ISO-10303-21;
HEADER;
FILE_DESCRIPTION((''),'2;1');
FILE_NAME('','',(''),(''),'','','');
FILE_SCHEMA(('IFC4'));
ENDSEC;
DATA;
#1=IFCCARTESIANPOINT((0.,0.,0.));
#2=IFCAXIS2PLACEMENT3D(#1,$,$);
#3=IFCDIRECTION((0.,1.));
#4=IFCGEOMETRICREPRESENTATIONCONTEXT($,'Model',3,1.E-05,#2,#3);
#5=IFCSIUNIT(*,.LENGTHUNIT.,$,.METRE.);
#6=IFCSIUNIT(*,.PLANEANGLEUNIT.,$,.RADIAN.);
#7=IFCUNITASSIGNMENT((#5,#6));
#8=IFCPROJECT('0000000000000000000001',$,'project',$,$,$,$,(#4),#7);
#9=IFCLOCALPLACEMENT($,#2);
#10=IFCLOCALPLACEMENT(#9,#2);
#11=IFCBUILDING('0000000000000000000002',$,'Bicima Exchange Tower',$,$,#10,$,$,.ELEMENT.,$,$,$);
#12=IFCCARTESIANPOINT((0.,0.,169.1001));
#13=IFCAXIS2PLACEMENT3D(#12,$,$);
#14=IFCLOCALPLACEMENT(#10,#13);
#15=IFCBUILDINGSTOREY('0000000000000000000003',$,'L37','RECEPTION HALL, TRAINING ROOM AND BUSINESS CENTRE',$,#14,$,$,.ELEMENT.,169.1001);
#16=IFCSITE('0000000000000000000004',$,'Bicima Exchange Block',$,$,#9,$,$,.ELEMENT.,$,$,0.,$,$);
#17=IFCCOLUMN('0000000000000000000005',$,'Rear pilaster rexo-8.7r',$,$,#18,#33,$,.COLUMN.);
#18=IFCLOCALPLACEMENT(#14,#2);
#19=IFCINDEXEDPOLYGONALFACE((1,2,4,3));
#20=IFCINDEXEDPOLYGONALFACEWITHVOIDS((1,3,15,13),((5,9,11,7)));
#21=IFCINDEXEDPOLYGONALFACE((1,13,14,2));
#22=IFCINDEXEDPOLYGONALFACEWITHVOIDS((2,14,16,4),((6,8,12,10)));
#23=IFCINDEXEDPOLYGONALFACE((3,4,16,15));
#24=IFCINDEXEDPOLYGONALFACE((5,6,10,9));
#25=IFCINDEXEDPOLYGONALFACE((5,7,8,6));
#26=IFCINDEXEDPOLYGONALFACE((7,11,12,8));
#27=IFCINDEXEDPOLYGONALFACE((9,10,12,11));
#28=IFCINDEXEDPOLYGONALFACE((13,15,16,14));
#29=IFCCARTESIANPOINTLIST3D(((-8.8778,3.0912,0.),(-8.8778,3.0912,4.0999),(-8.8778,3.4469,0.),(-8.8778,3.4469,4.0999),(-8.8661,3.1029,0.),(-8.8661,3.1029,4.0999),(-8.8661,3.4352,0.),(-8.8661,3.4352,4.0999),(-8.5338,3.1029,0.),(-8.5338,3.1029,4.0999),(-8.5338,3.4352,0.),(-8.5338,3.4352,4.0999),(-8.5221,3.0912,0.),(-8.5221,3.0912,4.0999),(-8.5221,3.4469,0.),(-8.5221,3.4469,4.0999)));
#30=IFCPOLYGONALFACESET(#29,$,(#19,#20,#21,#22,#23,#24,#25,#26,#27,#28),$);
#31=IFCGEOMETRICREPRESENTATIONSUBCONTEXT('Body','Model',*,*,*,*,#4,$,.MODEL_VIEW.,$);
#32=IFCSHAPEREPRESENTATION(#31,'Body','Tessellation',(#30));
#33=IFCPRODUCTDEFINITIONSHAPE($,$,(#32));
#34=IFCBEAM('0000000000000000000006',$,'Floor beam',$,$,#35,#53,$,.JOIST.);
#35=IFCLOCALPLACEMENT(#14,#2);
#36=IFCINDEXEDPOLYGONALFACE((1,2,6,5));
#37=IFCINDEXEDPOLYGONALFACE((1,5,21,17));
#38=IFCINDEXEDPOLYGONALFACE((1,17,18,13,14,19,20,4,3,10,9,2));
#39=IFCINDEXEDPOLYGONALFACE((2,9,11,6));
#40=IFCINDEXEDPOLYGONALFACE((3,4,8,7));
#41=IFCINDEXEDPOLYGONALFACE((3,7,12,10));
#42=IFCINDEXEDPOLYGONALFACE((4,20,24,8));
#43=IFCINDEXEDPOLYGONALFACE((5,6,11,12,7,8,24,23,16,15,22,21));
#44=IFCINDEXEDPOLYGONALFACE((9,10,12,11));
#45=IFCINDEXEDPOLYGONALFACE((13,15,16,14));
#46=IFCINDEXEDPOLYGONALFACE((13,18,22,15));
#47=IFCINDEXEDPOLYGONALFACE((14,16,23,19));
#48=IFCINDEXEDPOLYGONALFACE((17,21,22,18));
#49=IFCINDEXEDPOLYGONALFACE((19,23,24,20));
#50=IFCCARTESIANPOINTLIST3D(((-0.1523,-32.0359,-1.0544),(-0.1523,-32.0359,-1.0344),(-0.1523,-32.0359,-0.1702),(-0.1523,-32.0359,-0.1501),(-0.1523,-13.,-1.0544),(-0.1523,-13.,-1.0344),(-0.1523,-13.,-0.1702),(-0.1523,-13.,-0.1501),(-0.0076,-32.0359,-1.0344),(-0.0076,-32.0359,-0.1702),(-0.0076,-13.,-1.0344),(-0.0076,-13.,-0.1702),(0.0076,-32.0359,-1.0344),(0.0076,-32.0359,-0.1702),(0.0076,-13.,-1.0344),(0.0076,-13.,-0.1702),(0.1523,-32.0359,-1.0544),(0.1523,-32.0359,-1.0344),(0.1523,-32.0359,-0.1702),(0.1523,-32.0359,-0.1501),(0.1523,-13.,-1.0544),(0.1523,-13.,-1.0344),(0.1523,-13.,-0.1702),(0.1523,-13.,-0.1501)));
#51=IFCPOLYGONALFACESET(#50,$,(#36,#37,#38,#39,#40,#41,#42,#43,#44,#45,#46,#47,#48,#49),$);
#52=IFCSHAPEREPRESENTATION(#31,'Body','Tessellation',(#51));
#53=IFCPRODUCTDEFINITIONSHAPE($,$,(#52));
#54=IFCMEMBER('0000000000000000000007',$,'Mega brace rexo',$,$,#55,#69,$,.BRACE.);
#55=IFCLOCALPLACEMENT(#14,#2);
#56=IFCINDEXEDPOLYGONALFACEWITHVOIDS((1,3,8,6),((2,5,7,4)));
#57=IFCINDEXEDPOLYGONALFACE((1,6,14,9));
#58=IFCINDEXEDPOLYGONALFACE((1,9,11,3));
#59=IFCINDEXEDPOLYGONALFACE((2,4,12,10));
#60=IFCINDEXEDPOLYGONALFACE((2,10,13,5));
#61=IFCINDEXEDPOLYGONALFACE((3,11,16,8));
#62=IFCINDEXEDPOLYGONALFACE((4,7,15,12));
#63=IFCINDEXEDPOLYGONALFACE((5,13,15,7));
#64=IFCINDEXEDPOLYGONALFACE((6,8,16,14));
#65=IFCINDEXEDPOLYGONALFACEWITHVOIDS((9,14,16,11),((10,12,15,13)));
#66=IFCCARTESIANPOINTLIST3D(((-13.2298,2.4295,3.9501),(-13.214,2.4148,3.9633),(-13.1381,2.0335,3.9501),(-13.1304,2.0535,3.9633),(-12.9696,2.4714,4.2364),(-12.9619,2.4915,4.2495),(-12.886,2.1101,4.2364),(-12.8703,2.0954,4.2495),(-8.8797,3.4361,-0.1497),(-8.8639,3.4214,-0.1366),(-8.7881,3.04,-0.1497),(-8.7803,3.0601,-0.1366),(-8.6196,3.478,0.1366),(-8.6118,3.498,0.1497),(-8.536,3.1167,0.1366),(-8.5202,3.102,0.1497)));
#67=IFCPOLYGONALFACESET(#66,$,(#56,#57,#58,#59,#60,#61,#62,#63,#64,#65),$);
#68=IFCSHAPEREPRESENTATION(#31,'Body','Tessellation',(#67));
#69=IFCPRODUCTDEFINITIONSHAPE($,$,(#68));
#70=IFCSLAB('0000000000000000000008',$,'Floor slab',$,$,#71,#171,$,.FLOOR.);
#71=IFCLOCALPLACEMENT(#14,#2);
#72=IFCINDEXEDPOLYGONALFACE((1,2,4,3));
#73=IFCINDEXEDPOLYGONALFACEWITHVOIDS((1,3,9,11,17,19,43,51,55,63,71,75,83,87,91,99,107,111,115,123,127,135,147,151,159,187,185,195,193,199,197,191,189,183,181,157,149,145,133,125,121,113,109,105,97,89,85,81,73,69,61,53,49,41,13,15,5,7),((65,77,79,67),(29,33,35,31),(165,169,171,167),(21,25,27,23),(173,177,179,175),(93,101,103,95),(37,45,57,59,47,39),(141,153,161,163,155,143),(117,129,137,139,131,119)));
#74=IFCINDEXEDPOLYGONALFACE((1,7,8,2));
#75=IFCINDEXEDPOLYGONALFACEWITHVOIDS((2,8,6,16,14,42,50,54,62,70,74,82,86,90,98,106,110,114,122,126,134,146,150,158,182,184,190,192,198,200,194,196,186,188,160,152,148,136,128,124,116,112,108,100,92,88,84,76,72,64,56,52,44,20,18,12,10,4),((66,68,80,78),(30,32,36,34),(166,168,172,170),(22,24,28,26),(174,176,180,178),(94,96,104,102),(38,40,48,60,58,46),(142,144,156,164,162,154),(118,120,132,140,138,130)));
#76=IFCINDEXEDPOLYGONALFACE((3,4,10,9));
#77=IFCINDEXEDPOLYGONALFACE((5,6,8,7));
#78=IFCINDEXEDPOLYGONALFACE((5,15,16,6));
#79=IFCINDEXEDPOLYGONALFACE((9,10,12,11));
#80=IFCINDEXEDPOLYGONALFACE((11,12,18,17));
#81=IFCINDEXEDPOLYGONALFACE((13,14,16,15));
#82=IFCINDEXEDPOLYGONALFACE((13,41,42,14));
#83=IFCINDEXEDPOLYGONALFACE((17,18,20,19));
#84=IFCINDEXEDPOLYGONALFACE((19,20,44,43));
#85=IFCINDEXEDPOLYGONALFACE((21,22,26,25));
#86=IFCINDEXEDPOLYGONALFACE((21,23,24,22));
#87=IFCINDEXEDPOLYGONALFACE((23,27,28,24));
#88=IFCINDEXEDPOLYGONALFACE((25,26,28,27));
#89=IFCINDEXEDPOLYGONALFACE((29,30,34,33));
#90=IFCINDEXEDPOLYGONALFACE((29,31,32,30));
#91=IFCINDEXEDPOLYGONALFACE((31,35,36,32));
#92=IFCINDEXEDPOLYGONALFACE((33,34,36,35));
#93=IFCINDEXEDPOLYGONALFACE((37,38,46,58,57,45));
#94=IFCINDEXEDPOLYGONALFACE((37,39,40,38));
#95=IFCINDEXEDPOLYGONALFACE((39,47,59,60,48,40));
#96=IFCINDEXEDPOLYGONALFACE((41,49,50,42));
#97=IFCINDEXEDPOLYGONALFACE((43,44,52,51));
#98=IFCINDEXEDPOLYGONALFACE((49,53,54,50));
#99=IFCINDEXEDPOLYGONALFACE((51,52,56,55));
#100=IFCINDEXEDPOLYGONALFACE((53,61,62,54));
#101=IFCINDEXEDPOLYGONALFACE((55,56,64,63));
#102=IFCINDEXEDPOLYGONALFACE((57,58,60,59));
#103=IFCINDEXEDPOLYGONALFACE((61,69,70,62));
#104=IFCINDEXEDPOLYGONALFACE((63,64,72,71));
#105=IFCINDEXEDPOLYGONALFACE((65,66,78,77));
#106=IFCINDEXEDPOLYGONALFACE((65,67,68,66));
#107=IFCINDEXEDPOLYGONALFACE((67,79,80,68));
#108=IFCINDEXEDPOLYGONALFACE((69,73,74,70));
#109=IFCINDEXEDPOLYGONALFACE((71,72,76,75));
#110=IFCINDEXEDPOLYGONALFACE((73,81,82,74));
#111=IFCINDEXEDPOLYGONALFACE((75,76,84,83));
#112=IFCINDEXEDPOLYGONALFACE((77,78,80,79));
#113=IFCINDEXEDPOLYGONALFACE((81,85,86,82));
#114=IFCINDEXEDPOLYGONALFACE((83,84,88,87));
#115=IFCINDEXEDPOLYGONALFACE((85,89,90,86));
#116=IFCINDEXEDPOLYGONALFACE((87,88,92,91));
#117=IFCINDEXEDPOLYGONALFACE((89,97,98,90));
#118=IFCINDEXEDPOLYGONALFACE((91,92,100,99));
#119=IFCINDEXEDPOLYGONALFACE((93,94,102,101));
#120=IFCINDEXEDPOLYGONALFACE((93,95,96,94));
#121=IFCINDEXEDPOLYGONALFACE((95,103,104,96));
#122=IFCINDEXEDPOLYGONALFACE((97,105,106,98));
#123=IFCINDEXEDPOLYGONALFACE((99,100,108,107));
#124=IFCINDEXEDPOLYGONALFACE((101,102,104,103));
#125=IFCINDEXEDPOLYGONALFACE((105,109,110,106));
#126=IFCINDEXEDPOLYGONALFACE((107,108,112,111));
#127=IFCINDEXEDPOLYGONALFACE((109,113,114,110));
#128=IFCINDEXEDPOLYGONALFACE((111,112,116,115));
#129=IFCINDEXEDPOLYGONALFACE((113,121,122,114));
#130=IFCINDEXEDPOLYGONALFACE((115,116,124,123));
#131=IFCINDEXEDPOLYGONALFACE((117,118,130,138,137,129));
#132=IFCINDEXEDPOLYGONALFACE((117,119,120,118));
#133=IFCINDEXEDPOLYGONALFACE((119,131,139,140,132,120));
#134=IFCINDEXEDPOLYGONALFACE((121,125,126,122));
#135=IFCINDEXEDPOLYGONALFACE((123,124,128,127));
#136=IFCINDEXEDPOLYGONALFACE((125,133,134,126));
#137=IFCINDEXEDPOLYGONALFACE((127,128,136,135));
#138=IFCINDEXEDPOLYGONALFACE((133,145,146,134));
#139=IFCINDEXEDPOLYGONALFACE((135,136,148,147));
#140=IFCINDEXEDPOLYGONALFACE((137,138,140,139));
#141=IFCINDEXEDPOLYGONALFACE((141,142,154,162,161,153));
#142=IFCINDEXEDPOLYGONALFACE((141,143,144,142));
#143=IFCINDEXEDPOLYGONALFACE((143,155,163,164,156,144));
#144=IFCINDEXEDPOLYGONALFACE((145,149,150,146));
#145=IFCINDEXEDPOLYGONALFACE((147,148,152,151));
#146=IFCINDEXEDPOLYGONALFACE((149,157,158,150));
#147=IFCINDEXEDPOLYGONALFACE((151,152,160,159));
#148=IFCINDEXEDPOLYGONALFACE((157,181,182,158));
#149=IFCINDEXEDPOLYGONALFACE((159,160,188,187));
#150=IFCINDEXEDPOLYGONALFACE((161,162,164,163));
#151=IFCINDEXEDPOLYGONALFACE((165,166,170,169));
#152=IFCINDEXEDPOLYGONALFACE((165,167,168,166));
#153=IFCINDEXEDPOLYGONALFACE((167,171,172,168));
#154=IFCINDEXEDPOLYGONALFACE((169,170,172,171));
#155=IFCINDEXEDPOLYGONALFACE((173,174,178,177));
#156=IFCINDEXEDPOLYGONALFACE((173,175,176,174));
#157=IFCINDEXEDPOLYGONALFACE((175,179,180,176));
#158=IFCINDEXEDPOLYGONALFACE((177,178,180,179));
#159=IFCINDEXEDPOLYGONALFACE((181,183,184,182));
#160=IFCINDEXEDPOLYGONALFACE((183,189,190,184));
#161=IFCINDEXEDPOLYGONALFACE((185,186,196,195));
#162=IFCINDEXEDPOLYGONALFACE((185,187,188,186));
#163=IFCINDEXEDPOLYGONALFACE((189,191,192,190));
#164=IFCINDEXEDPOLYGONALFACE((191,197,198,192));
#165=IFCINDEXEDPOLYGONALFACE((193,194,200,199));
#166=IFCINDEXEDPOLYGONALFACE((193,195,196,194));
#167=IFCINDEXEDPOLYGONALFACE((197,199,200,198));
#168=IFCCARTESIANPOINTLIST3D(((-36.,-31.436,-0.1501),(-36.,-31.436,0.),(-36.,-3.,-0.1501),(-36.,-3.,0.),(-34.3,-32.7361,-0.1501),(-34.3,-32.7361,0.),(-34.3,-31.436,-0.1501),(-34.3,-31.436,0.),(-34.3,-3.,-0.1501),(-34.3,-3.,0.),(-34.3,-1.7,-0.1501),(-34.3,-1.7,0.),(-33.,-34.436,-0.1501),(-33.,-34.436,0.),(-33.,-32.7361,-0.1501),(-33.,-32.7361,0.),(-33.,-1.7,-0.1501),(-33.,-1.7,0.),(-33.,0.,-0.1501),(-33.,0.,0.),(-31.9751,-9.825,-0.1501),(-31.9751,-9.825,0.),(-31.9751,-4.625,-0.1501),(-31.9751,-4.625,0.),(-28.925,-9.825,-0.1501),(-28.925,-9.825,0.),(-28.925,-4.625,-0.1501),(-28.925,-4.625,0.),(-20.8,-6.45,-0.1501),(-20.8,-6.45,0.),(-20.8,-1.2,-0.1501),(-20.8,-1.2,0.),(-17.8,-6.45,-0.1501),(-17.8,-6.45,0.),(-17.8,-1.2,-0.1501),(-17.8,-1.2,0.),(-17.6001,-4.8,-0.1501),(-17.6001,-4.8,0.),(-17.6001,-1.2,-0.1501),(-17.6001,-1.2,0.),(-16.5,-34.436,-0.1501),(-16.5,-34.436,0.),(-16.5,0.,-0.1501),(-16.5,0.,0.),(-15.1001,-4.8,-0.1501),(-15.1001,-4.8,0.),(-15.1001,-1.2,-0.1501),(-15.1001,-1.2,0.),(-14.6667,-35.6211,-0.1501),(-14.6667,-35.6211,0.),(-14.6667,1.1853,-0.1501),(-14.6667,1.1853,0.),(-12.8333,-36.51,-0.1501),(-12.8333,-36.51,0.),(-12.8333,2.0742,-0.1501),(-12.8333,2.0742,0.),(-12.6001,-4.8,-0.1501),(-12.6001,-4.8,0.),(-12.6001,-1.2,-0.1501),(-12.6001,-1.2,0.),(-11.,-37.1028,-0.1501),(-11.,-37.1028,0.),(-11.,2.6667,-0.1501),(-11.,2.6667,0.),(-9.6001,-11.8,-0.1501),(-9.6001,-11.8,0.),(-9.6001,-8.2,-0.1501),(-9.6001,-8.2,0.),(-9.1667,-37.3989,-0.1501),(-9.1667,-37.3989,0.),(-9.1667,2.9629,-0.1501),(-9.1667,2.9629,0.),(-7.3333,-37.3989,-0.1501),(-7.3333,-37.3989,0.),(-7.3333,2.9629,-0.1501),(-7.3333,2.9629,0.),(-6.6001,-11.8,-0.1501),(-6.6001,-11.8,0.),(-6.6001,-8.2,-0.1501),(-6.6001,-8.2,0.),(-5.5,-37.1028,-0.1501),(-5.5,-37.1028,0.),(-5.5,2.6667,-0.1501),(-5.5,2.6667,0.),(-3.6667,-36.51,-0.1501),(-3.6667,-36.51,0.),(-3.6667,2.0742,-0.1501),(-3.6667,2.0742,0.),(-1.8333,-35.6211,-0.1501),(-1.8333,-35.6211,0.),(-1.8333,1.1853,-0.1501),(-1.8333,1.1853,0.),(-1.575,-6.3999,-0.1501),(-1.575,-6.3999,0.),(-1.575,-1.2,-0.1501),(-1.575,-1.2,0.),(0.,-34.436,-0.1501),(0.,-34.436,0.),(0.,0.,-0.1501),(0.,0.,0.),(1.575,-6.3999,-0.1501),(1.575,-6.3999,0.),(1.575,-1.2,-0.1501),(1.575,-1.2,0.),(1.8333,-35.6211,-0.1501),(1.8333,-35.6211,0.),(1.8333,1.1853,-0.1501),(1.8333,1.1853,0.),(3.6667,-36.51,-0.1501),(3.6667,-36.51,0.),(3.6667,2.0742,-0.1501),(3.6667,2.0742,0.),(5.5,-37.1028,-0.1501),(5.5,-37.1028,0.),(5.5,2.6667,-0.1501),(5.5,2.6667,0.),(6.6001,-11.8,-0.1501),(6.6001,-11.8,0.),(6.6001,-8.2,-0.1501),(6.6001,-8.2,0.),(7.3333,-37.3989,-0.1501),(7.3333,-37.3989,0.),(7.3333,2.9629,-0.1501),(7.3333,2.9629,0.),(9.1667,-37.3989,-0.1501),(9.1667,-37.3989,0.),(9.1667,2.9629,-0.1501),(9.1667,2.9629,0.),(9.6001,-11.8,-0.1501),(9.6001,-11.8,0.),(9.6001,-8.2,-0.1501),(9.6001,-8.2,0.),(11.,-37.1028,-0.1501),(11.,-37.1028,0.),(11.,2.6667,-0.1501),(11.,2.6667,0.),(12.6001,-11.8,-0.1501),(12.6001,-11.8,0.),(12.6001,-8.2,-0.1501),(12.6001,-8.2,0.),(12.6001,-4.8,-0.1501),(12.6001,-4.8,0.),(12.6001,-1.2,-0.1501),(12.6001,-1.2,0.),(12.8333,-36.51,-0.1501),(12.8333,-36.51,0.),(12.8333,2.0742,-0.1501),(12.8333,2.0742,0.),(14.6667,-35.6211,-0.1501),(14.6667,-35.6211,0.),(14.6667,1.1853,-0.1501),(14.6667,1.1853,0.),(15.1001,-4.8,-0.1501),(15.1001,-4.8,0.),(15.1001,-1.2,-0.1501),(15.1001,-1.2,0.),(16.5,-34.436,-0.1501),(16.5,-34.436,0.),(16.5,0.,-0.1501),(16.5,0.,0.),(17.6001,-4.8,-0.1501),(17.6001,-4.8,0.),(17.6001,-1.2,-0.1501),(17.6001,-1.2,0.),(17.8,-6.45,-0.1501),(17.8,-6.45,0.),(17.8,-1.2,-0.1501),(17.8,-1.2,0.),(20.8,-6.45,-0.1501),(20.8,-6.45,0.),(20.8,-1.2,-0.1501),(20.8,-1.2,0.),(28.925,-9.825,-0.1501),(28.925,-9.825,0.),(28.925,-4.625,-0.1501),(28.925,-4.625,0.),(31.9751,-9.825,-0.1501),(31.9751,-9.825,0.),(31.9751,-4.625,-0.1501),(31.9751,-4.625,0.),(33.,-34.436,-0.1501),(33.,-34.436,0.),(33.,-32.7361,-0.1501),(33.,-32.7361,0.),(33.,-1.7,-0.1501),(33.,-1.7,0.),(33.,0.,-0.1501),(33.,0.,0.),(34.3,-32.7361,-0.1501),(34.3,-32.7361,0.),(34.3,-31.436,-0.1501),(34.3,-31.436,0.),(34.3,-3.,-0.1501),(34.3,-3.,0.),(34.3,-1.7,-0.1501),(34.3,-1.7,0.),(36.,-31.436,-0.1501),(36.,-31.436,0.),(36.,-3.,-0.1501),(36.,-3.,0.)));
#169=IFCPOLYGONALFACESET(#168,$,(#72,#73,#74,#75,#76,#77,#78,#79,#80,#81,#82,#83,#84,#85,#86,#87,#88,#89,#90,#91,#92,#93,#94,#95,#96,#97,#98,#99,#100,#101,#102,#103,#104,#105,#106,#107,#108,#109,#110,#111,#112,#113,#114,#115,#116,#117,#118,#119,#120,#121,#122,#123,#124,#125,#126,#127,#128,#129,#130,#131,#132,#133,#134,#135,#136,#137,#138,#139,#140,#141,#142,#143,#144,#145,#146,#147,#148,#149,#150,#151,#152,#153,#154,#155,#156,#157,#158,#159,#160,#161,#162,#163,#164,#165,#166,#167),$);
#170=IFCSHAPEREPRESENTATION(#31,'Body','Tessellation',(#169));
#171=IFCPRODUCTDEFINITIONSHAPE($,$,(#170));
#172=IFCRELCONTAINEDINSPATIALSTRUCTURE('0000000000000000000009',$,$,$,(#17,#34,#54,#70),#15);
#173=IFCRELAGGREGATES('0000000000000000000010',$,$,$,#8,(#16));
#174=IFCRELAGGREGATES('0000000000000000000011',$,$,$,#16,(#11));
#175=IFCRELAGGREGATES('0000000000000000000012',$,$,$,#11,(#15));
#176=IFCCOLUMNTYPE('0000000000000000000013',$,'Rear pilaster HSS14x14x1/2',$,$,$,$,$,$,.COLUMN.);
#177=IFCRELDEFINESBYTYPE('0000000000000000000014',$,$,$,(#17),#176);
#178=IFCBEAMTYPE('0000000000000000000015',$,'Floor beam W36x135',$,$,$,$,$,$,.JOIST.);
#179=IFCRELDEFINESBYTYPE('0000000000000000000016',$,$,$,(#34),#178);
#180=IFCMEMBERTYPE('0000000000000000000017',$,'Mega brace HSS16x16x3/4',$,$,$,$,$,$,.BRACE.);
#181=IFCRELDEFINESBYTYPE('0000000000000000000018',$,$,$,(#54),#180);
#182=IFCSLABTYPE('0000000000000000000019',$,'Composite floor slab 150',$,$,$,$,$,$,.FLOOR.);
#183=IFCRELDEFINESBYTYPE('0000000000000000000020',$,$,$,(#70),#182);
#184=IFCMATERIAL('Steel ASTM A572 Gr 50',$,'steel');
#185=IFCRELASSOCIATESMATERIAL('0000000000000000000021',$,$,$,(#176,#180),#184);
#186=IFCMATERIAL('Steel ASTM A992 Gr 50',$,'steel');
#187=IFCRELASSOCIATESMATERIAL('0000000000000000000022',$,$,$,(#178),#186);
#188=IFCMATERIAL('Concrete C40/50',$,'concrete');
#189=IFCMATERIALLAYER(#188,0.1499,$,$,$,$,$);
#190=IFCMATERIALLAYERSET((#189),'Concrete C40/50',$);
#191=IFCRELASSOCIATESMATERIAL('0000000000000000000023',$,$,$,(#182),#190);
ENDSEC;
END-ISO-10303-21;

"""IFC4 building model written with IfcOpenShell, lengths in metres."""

from ifc_helpers import new_model, si_unit, direction, frame, origin, origin_2d, place, context, subcontext, project, spatial, polyline, hollow_rectangle, i_section, outline, extrude, material, layer, layer_set, material_profile, profile_set, type_object, element, save


model = new_model("IFC4")

# Units and contexts
model_context = context("Model", 3, precision=1e-05, world=origin(), true_north=direction((0.0, 1.0)))
body_context = subcontext(model_context, "Body", "Model", "MODEL_VIEW")
ifc_project = project(units=[si_unit("LENGTHUNIT", "METRE"), si_unit("PLANEANGLEUNIT", "RADIAN")], contexts=[model_context])

# Site, building, storey
site_placement = place(None, origin())
site = spatial("IfcSite", under=ifc_project, at=site_placement, Name="Bicima Exchange Block", CompositionType="ELEMENT", RefElevation=0.0)
building_placement = place(site_placement, origin())
building = spatial("IfcBuilding", under=site, at=building_placement, Name="Bicima Exchange Tower", CompositionType="ELEMENT")
storey_placement = place(building_placement, frame((0.0, 0.0, 169.1001)))
storey = spatial("IfcBuildingStorey", under=building, at=storey_placement, Name="L37", Description="RECEPTION HALL, TRAINING ROOM AND BUSINESS CENTRE", CompositionType="ELEMENT", Elevation=169.1001)

# Column
ifc_material_1 = material(Name="Steel ASTM A572 Gr 50", Category="steel")
ifc_material_profile_1 = material_profile(ifc_material_1, hollow_rectangle(XDim=0.3557, YDim=0.3557, WallThickness=0.0117, at=origin_2d()))
ifc_profile_set_1 = profile_set([ifc_material_profile_1], Name="Steel ASTM A572 Gr 50")
column_type = type_object("IfcColumnType", Name="Rear pilaster HSS14x14x1/2", PredefinedType="COLUMN", material=ifc_profile_set_1)
column_placement = place(storey_placement, frame((-8.7, 3.269, 0.0), z_axis=(0.0, 0.0, 1.0), x_axis=(1.0, 0.0, 0.0)))
element("IfcColumn", 1, at=column_placement, inside=storey, type_object=column_type, Name="Rear pilaster rexo-8.7r", PredefinedType="COLUMN", context=body_context, shape_type="SweptSolid", body=[
    extrude(hollow_rectangle(XDim=0.3557, YDim=0.3557, WallThickness=0.0117, at=origin_2d()), origin(), (0.0, 0.0, 1.0), 4.0999),
])

# Beam
ifc_material_2 = material(Name="Steel ASTM A992 Gr 50", Category="steel")
ifc_material_profile_2 = material_profile(ifc_material_2, i_section(OverallWidth=0.3047, OverallDepth=0.9043, WebThickness=0.0151, FlangeThickness=0.02, at=origin_2d()))
ifc_profile_set_2 = profile_set([ifc_material_profile_2], Name="Steel ASTM A992 Gr 50")
beam_type = type_object("IfcBeamType", Name="Floor beam W36x135", PredefinedType="JOIST", material=ifc_profile_set_2)
beam_placement = place(storey_placement, frame((0.0, -13.0, -0.6023), z_axis=(0.0, -1.0, 0.0), x_axis=(1.0, 0.0, 0.0)))
element("IfcBeam", 2, at=beam_placement, inside=storey, type_object=beam_type, Name="Floor beam", PredefinedType="JOIST", context=body_context, shape_type="SweptSolid", body=[
    extrude(i_section(OverallWidth=0.3047, OverallDepth=0.9043, WebThickness=0.0151, FlangeThickness=0.02, at=origin_2d()), origin(), (0.0, 0.0, 1.0), 19.0359),
])

# Member
ifc_material_profile_3 = material_profile(ifc_material_1, hollow_rectangle(XDim=0.4065, YDim=0.4065, WallThickness=0.0178, at=origin_2d()))
ifc_profile_set_3 = profile_set([ifc_material_profile_3], Name="Steel ASTM A572 Gr 50")
member_type = type_object("IfcMemberType", Name="Mega brace HSS16x16x3/4", PredefinedType="BRACE", material=ifc_profile_set_3)
member_placement = place(storey_placement, frame((-8.7, 3.269, 0.0), z_axis=(-0.717625, -0.166055, 0.676343), x_axis=(0.225439, -0.974257, 0.0)))
element("IfcMember", 3, at=member_placement, inside=storey, type_object=member_type, Name="Mega brace rexo", PredefinedType="BRACE", context=body_context, shape_type="SweptSolid", body=[
    extrude(hollow_rectangle(XDim=0.4065, YDim=0.4065, WallThickness=0.0178, at=origin_2d()), origin(), (0.0, 0.0, 1.0), 6.0618),
])

# Slab
ifc_material_3 = material(Name="Concrete C40/50", Category="concrete")
ifc_layer_1 = layer(ifc_material_3, 0.1499)
ifc_layer_set_1 = layer_set([ifc_layer_1], Name="Concrete C40/50")
slab_type_1 = type_object("IfcSlabType", Name="Composite floor slab 150", PredefinedType="FLOOR", material=ifc_layer_set_1)
slab_1_placement = place(storey_placement, frame((0.0, 0.0, -0.1501)))
element("IfcSlab", 4, at=slab_1_placement, inside=storey, type_object=slab_type_1, Name="Floor slab", PredefinedType="FLOOR", context=body_context, shape_type="SweptSolid", body=[
    extrude(outline(polyline([(-36.0, -31.436), (-36.0, -3.0), (-34.3, -3.0), (-34.3, -1.7), (-33.0, -1.7), (-33.0, 0.0), (-16.5, 0.0), (-14.6667, 1.1853), (-12.8333, 2.0742), (-11.0, 2.6667), (-9.1667, 2.9629), (-7.3333, 2.9629), (-5.5, 2.6667), (-3.6667, 2.0742), (-1.8333, 1.1853), (0.0, 0.0), (1.8333, 1.1853), (3.6667, 2.0742), (5.5, 2.6667), (7.3333, 2.9629), (9.1667, 2.9629), (11.0, 2.6667), (12.8333, 2.0742), (14.6667, 1.1853), (16.5, 0.0), (33.0, 0.0), (33.0, -1.7), (34.3, -1.7), (34.3, -3.0), (36.0, -3.0), (36.0, -31.436), (34.3, -31.436), (34.3, -32.7361), (33.0, -32.7361), (33.0, -34.436), (16.5, -34.436), (14.6667, -35.6211), (12.8333, -36.51), (11.0, -37.1028), (9.1667, -37.3989), (7.3333, -37.3989), (5.5, -37.1028), (3.6667, -36.51), (1.8333, -35.6211), (0.0, -34.436), (-1.8333, -35.6211), (-3.6667, -36.51), (-5.5, -37.1028), (-7.3333, -37.3989), (-9.1667, -37.3989), (-11.0, -37.1028), (-12.8333, -36.51), (-14.6667, -35.6211), (-16.5, -34.436), (-33.0, -34.436), (-33.0, -32.7361), (-34.3, -32.7361), (-34.3, -31.436), (-36.0, -31.436)]), holes=[polyline([(-6.6001, -11.8), (-6.6001, -8.2), (-9.6001, -8.2), (-9.6001, -11.8), (-6.6001, -11.8)]), polyline([(-31.9751, -9.825), (-28.925, -9.825), (-28.925, -4.625), (-31.9751, -4.625), (-31.9751, -9.825)]), polyline([(-20.8, -6.45), (-17.8, -6.45), (-17.8, -1.2), (-20.8, -1.2), (-20.8, -6.45)]), polyline([(1.575, -6.3999), (1.575, -1.2), (-1.575, -1.2), (-1.575, -6.3999), (1.575, -6.3999)]), polyline([(-12.6001, -4.8), (-12.6001, -1.2), (-15.1001, -1.2), (-17.6001, -1.2), (-17.6001, -4.8), (-15.1001, -4.8), (-12.6001, -4.8)]), polyline([(12.6001, -8.2), (9.6001, -8.2), (6.6001, -8.2), (6.6001, -11.8), (9.6001, -11.8), (12.6001, -11.8), (12.6001, -8.2)]), polyline([(28.925, -9.825), (31.9751, -9.825), (31.9751, -4.625), (28.925, -4.625), (28.925, -9.825)]), polyline([(20.8, -6.45), (20.8, -1.2), (17.8, -1.2), (17.8, -6.45), (20.8, -6.45)]), polyline([(17.6001, -4.8), (17.6001, -1.2), (15.1001, -1.2), (12.6001, -1.2), (12.6001, -4.8), (15.1001, -4.8), (17.6001, -4.8)])]), origin(), (0.0, 0.0, 1.0), 0.1501),
])

save(model, "model.ifc")
